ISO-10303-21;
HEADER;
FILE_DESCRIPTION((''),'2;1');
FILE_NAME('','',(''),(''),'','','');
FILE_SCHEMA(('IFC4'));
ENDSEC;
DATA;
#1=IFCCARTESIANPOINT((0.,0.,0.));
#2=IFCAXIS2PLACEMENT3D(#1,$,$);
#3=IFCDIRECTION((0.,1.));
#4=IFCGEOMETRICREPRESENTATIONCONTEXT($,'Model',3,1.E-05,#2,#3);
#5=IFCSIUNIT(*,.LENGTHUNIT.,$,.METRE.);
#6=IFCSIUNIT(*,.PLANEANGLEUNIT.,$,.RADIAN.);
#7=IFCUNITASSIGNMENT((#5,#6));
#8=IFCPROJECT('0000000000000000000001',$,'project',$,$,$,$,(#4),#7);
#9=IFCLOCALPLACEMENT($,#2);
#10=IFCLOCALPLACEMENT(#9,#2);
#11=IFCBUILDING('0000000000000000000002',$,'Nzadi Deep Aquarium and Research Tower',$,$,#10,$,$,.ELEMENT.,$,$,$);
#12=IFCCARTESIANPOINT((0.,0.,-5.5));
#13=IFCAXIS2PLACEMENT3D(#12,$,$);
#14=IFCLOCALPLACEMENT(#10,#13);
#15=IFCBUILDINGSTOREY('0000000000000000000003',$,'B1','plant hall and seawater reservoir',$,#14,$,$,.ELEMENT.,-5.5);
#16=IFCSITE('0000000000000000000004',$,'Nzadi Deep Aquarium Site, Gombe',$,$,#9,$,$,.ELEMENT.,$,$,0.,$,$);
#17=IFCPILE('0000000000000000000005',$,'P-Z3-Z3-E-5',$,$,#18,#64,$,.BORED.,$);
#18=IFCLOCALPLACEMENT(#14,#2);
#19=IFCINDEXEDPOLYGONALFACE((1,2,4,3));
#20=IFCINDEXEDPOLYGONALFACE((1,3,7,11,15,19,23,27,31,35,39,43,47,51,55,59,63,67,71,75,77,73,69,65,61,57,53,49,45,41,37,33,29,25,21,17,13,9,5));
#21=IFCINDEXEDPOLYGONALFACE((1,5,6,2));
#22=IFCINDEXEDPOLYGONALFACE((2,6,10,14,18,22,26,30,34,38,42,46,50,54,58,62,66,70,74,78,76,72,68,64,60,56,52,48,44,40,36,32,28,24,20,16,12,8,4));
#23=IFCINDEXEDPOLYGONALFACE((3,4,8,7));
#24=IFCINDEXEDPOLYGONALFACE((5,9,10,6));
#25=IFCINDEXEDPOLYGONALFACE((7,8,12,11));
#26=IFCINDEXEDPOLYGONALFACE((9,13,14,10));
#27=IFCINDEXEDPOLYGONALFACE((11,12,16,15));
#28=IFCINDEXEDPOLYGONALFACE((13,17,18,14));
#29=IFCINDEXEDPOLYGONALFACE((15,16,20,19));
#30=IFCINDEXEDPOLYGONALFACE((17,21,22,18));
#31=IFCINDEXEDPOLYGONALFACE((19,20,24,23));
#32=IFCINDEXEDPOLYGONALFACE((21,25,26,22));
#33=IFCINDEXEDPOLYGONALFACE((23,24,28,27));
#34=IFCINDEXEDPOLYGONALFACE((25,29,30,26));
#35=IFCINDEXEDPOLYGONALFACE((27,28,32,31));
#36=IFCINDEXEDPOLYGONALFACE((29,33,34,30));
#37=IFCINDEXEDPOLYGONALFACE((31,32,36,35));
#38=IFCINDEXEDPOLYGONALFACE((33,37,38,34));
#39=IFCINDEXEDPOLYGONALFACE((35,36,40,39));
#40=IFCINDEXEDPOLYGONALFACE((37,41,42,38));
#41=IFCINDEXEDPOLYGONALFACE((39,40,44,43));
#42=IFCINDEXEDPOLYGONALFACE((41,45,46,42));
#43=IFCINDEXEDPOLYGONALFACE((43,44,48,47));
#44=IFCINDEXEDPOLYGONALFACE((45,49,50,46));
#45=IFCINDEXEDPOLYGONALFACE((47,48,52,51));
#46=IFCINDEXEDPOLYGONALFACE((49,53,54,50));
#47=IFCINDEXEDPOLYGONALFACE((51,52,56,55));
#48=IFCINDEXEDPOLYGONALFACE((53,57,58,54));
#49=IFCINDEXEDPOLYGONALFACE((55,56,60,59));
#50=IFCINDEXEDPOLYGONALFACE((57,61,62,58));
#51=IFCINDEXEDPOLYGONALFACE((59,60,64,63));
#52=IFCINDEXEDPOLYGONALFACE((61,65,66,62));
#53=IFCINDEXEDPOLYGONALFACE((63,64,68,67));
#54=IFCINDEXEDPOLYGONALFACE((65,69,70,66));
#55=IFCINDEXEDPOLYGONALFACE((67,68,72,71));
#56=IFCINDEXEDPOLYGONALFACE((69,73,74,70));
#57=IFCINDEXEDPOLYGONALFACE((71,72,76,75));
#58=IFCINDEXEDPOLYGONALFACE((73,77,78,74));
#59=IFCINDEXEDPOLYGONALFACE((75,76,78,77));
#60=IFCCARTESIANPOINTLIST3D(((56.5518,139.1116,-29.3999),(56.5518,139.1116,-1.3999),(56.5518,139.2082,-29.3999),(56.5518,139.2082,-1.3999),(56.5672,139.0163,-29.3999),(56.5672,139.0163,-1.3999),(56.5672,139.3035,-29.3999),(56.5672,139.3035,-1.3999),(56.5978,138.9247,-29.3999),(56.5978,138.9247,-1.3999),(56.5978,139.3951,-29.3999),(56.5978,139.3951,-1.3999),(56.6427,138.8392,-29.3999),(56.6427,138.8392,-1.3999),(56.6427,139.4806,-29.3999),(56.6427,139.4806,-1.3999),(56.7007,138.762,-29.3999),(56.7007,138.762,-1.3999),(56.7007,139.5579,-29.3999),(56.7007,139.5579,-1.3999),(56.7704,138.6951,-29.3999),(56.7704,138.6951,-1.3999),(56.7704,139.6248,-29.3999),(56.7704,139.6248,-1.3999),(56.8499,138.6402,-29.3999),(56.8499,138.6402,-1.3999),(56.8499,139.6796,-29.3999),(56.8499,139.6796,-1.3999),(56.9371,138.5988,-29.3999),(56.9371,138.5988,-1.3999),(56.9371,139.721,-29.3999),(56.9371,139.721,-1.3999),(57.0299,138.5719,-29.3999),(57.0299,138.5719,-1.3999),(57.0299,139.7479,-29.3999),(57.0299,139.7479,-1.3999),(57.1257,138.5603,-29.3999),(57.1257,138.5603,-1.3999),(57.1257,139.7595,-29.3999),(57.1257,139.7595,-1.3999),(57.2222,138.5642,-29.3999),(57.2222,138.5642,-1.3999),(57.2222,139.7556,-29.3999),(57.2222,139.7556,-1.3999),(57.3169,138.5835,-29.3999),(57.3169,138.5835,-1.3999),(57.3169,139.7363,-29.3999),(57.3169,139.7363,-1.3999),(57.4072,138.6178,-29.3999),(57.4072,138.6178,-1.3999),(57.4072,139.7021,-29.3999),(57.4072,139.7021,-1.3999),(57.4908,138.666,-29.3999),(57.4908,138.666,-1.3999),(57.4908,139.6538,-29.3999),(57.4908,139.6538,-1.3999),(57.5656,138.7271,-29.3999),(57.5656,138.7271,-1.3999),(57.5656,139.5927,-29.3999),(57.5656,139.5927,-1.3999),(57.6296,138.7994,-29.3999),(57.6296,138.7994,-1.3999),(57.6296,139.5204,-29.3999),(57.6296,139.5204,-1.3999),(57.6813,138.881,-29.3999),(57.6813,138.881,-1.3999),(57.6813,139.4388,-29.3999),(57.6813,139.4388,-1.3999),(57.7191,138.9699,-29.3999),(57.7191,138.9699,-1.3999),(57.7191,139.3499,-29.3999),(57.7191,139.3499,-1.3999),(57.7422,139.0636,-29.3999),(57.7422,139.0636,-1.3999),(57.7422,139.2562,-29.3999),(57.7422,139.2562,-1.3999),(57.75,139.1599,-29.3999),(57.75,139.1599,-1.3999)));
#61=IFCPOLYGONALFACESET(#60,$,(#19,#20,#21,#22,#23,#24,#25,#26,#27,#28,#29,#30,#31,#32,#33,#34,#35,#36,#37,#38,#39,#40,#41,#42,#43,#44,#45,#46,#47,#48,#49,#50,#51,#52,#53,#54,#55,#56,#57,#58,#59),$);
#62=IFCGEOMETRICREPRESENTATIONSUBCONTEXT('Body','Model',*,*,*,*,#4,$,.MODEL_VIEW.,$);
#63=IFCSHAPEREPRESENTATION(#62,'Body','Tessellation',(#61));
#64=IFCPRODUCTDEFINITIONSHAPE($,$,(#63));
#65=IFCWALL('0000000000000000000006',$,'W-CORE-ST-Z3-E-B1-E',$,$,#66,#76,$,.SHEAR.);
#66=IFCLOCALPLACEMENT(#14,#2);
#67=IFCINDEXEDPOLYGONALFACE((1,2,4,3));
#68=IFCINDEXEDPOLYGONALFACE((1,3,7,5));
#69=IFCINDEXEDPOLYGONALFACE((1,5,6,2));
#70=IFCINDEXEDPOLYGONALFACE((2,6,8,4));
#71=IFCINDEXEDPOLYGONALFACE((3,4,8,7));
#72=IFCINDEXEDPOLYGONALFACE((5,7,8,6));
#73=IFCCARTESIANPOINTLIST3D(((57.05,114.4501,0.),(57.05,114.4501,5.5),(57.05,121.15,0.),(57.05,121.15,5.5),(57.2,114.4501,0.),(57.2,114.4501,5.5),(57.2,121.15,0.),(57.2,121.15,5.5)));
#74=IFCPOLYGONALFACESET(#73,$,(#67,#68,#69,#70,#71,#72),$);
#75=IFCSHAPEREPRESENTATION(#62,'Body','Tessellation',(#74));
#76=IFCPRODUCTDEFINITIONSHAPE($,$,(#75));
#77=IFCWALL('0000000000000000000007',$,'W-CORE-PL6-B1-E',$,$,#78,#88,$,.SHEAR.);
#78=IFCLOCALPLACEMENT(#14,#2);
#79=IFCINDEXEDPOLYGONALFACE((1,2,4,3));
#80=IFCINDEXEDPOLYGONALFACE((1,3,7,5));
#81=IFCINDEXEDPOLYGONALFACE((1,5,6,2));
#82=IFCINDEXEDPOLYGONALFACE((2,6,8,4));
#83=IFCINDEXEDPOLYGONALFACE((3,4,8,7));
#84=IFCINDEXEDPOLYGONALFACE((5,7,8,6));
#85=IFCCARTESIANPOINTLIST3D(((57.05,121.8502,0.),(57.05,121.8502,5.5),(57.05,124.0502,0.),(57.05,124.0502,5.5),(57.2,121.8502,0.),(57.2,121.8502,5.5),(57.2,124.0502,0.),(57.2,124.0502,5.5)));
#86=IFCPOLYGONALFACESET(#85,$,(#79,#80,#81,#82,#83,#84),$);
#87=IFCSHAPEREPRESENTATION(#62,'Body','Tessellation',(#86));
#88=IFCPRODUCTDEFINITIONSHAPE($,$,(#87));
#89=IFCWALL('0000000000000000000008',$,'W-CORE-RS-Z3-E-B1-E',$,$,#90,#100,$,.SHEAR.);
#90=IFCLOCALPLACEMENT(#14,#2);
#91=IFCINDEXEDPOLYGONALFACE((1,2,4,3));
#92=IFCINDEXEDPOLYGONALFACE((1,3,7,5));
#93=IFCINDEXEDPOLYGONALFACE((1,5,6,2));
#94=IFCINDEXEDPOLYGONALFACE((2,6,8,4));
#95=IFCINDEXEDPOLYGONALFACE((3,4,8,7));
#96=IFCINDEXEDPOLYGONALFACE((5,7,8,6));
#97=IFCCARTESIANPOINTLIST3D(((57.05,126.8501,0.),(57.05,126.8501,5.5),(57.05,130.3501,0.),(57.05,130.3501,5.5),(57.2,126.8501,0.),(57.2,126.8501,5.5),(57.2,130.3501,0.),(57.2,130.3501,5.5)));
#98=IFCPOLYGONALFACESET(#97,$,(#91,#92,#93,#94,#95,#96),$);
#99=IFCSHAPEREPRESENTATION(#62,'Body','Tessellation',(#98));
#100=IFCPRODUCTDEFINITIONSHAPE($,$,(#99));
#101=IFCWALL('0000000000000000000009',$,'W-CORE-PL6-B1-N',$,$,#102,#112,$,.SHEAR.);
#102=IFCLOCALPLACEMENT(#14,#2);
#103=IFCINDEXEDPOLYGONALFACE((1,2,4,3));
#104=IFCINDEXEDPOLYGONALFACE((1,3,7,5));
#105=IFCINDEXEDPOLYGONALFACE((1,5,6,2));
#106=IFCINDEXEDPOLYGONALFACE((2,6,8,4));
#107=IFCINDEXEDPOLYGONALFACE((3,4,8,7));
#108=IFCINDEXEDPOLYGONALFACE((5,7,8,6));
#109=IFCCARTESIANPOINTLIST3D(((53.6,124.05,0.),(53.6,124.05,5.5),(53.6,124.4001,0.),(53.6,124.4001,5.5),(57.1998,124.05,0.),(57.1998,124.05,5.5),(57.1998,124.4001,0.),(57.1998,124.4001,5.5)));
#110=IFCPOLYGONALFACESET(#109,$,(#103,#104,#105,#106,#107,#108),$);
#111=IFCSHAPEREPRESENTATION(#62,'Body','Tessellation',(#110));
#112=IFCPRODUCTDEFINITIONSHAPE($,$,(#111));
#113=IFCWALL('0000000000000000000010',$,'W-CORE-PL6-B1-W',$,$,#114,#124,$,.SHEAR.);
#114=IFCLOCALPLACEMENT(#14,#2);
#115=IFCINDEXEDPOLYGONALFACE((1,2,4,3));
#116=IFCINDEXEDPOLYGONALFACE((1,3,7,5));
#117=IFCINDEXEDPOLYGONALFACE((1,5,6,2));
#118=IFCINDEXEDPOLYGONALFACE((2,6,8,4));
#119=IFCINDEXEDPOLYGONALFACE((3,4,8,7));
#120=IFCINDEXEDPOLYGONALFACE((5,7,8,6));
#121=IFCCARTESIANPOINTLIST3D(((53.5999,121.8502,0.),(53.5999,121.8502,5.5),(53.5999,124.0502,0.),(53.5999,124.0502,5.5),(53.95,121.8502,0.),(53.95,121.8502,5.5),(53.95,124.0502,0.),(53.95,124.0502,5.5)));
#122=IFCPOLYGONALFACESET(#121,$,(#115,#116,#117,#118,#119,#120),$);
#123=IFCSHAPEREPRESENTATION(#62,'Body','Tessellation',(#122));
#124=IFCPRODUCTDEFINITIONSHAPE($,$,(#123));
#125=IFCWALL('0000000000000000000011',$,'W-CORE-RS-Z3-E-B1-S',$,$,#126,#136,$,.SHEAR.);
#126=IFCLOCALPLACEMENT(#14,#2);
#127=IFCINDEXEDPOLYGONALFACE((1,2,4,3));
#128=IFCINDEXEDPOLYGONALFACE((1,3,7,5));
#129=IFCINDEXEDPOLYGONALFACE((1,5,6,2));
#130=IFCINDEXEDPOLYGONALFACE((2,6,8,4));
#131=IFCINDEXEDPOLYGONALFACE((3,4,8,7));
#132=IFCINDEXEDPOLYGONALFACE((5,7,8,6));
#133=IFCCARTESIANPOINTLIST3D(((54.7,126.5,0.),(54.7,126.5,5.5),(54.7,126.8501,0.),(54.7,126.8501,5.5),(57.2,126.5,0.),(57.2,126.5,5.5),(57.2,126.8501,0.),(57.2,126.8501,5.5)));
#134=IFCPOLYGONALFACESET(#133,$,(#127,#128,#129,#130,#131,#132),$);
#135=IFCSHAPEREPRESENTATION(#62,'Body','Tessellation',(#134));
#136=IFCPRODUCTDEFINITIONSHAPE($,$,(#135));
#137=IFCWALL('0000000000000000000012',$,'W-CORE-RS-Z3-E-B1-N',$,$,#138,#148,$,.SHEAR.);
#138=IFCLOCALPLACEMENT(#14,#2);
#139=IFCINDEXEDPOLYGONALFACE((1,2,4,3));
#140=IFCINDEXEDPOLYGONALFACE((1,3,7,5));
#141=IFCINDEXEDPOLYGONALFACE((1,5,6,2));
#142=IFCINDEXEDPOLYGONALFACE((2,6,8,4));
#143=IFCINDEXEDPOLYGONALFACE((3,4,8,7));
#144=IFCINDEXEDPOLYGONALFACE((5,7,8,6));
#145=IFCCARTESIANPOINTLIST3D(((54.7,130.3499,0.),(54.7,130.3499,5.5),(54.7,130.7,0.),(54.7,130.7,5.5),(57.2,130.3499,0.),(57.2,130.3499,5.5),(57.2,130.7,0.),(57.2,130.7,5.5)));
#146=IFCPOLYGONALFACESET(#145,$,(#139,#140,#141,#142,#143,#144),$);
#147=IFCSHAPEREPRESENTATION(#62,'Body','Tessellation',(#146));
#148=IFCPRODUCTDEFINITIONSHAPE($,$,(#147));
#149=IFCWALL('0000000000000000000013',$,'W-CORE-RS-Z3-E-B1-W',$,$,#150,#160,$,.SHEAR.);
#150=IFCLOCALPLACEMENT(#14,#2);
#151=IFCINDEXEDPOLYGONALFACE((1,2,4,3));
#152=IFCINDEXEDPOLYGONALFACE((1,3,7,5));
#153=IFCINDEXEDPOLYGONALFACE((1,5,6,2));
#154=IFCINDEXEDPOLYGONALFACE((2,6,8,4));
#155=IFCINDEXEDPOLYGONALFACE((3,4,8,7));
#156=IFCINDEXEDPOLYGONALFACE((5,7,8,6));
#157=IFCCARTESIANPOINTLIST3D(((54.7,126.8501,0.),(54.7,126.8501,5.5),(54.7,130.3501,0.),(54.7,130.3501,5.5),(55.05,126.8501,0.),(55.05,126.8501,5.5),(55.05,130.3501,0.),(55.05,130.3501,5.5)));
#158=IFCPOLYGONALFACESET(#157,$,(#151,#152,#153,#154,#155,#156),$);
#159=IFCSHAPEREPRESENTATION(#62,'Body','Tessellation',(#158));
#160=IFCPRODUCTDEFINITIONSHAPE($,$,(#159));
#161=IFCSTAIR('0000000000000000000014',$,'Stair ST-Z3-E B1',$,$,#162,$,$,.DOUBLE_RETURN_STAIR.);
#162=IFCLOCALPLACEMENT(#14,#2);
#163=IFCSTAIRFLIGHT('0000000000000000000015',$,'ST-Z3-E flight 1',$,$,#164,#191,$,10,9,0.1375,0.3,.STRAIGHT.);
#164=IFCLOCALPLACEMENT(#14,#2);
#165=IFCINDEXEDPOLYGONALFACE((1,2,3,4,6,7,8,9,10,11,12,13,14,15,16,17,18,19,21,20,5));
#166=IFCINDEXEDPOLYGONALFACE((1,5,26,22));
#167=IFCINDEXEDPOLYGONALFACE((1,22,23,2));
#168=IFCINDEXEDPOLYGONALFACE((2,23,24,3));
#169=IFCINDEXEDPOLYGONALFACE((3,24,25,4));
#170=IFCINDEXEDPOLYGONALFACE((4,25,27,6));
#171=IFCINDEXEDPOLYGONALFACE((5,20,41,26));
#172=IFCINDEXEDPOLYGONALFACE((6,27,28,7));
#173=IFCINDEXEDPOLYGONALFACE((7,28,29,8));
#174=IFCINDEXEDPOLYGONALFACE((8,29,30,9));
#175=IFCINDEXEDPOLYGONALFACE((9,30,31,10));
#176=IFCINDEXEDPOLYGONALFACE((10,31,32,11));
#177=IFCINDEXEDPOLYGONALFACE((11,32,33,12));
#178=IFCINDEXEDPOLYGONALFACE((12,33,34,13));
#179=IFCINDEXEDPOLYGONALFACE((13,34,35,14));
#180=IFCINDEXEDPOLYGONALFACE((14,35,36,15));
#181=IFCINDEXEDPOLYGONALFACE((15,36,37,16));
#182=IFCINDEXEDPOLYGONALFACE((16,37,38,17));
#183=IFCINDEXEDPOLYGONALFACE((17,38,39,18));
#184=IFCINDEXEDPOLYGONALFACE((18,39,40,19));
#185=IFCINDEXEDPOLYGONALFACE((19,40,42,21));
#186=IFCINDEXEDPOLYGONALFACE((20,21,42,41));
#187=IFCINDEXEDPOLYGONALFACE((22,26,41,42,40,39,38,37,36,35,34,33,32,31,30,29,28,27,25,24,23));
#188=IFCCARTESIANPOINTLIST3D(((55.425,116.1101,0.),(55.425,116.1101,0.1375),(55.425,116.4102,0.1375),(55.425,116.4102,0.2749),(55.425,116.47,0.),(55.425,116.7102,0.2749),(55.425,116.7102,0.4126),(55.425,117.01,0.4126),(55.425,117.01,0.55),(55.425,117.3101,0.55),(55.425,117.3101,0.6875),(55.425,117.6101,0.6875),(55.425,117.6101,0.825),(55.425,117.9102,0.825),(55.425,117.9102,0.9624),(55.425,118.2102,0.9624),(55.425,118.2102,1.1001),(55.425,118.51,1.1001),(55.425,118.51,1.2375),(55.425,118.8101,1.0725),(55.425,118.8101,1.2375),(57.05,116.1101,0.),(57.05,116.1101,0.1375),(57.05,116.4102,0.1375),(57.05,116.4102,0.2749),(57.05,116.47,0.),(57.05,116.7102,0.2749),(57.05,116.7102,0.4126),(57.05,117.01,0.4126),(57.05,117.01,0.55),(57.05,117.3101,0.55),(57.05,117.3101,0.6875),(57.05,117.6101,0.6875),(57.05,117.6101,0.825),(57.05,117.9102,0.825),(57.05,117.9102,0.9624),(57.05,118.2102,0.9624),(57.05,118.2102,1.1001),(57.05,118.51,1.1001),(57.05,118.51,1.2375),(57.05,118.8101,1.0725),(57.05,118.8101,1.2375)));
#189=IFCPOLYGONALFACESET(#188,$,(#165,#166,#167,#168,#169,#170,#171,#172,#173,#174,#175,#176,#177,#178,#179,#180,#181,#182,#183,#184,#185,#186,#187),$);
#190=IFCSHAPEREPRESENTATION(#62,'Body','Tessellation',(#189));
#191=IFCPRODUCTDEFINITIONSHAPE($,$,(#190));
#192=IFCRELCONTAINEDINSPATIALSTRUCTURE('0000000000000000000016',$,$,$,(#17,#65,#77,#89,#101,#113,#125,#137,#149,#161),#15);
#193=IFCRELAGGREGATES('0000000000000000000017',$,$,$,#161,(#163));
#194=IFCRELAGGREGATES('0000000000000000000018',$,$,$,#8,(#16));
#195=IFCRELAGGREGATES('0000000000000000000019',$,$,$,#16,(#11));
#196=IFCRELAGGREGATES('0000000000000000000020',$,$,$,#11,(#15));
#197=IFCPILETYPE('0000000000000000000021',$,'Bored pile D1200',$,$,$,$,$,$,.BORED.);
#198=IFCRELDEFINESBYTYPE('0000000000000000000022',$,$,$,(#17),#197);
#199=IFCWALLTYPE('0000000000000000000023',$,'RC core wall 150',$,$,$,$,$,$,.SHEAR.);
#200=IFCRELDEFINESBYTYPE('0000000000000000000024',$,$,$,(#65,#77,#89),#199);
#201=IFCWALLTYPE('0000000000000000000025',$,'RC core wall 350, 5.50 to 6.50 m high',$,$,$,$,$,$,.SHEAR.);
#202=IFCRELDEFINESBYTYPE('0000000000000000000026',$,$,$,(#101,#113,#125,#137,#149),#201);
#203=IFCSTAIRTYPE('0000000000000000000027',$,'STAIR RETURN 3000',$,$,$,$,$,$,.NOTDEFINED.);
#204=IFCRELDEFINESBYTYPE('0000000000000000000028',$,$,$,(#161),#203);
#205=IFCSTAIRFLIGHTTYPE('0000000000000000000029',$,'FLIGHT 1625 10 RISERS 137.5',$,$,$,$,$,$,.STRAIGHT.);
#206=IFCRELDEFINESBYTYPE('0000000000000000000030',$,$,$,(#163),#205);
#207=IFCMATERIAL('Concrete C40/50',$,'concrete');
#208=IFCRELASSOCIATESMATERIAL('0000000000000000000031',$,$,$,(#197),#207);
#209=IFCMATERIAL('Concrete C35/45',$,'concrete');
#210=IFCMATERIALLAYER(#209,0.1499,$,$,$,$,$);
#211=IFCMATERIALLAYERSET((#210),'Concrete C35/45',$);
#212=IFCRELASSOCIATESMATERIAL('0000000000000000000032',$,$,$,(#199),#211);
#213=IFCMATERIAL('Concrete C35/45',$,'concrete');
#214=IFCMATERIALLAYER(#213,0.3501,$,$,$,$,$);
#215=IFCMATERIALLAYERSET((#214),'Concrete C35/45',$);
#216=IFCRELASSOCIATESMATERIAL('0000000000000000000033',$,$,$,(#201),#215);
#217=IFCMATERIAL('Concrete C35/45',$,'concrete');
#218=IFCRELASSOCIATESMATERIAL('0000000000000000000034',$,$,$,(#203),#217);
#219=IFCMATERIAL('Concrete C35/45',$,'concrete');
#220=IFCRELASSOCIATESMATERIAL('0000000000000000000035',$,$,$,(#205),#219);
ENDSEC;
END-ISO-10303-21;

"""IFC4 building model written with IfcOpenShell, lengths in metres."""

from ifc_helpers import new_model, si_unit, direction, frame, frame_2d, origin, origin_2d, place, context, subcontext, project, spatial, polyline, rectangle, circle, outline, extrude, material, layer, layer_set, material_profile, profile_set, type_object, element, aggregate, save


model = new_model("IFC4")

# Units and contexts
model_context = context("Model", 3, precision=1e-05, world=origin(), true_north=direction((0.0, 1.0)))
body_context = subcontext(model_context, "Body", "Model", "MODEL_VIEW")
ifc_project = project(units=[si_unit("LENGTHUNIT", "METRE"), si_unit("PLANEANGLEUNIT", "RADIAN")], contexts=[model_context])

# Site, building, storey
site_placement = place(None, origin())
site = spatial("IfcSite", under=ifc_project, at=site_placement, Name="Nzadi Deep Aquarium Site, Gombe", CompositionType="ELEMENT", RefElevation=0.0)
building_placement = place(site_placement, origin())
building = spatial("IfcBuilding", under=site, at=building_placement, Name="Nzadi Deep Aquarium and Research Tower", CompositionType="ELEMENT")
storey_placement = place(building_placement, frame((0.0, 0.0, -5.5)))
storey = spatial("IfcBuildingStorey", under=building, at=storey_placement, Name="B1", Description="plant hall and seawater reservoir", CompositionType="ELEMENT", Elevation=-5.5)

# Pile
ifc_material_1 = material(Name="Concrete C40/50", Category="concrete")
ifc_material_profile_1 = material_profile(ifc_material_1, circle(Radius=0.6001, at=origin_2d()))
ifc_profile_set_1 = profile_set([ifc_material_profile_1], Name="Concrete C40/50")
pile_type_1 = type_object("IfcPileType", Name="Bored pile D1200", PredefinedType="BORED", material=ifc_profile_set_1)
for number, where, z_axis, x_axis, name in (
    (1, (57.1499, 139.1599, -1.3999), (0.0, 0.0, -1.0), (1.0, 0.0, 0.0), "P-Z3-Z3-E-5"),
):
    element("IfcPile", number, at=place(storey_placement, frame(where, z_axis=z_axis, x_axis=x_axis)), inside=storey, type_object=pile_type_1, Name=name, PredefinedType="BORED", context=body_context, shape_type="SweptSolid", body=[
        extrude(circle(Radius=0.6001, at=origin_2d()), origin(), (0.0, 0.0, 1.0), 28.0),
    ])

# Walls
ifc_material_2 = material(Name="Concrete C35/45", Category="concrete")
ifc_layer_1 = layer(ifc_material_2, 0.1499)
ifc_layer_set_1 = layer_set([ifc_layer_1], Name="Concrete C35/45")
wall_type_1 = type_object("IfcWallType", Name="RC core wall 150", PredefinedType="SHEAR", material=ifc_layer_set_1)
wall_1_placement = place(storey_placement, frame((57.125, 114.45, 0.0), z_axis=(0.0, 0.0, 1.0), x_axis=(0.0, 1.0, 0.0)))
element("IfcWall", 2, at=wall_1_placement, inside=storey, type_object=wall_type_1, Name="W-CORE-ST-Z3-E-B1-E", PredefinedType="SHEAR", context=body_context, shape_type="SweptSolid", body=[
    extrude(rectangle(XDim=6.7, YDim=0.1499, at=frame_2d((3.3501, 0.0))), origin(), (0.0, 0.0, 1.0), 5.5),
])
wall_2_placement = place(storey_placement, frame((57.125, 121.8501, 0.0), z_axis=(0.0, 0.0, 1.0), x_axis=(0.0, 1.0, 0.0)))
element("IfcWall", 3, at=wall_2_placement, inside=storey, type_object=wall_type_1, Name="W-CORE-PL6-B1-E", PredefinedType="SHEAR", context=body_context, shape_type="SweptSolid", body=[
    extrude(rectangle(XDim=2.2, YDim=0.1499, at=frame_2d((1.1001, 0.0))), origin(), (0.0, 0.0, 1.0), 5.5),
])
wall_3_placement = place(storey_placement, frame((57.125, 126.8501, 0.0), z_axis=(0.0, 0.0, 1.0), x_axis=(0.0, 1.0, 0.0)))
element("IfcWall", 4, at=wall_3_placement, inside=storey, type_object=wall_type_1, Name="W-CORE-RS-Z3-E-B1-E", PredefinedType="SHEAR", context=body_context, shape_type="SweptSolid", body=[
    extrude(rectangle(XDim=3.5, YDim=0.1499, at=frame_2d((1.75, 0.0))), origin(), (0.0, 0.0, 1.0), 5.5),
])
ifc_material_3 = material(Name="Concrete C35/45", Category="concrete")
ifc_layer_2 = layer(ifc_material_3, 0.3501)
ifc_layer_set_2 = layer_set([ifc_layer_2], Name="Concrete C35/45")
wall_type_2 = type_object("IfcWallType", Name="RC core wall 350, 5.50 to 6.50 m high", PredefinedType="SHEAR", material=ifc_layer_set_2)
wall_4_placement = place(storey_placement, frame((53.6001, 124.2251, 0.0), z_axis=(0.0, 0.0, 1.0), x_axis=(1.0, 0.0, 0.0)))
element("IfcWall", 5, at=wall_4_placement, inside=storey, type_object=wall_type_2, Name="W-CORE-PL6-B1-N", PredefinedType="SHEAR", context=body_context, shape_type="SweptSolid", body=[
    extrude(rectangle(XDim=3.5999, YDim=0.3501, at=frame_2d((1.7998, 0.0))), origin(), (0.0, 0.0, 1.0), 5.5),
])
wall_5_placement = place(storey_placement, frame((53.7749, 121.8501, 0.0), z_axis=(0.0, 0.0, 1.0), x_axis=(0.0, 1.0, 0.0)))
element("IfcWall", 6, at=wall_5_placement, inside=storey, type_object=wall_type_2, Name="W-CORE-PL6-B1-W", PredefinedType="SHEAR", context=body_context, shape_type="SweptSolid", body=[
    extrude(rectangle(XDim=2.2, YDim=0.3501, at=frame_2d((1.1001, 0.0))), origin(), (0.0, 0.0, 1.0), 5.5),
])
for number, where, z_axis, x_axis, name in (
    (7, (54.7, 126.675, 0.0), (0.0, 0.0, 1.0), (1.0, 0.0, 0.0), "W-CORE-RS-Z3-E-B1-S"),
    (8, (54.7, 130.5249, 0.0), (0.0, 0.0, 1.0), (1.0, 0.0, 0.0), "W-CORE-RS-Z3-E-B1-N"),
):
    element("IfcWall", number, at=place(storey_placement, frame(where, z_axis=z_axis, x_axis=x_axis)), inside=storey, type_object=wall_type_2, Name=name, PredefinedType="SHEAR", context=body_context, shape_type="SweptSolid", body=[
        extrude(rectangle(XDim=2.5, YDim=0.3501, at=frame_2d((1.25, 0.0))), origin(), (0.0, 0.0, 1.0), 5.5),
    ])
wall_6_placement = place(storey_placement, frame((54.875, 126.8501, 0.0), z_axis=(0.0, 0.0, 1.0), x_axis=(0.0, 1.0, 0.0)))
element("IfcWall", 9, at=wall_6_placement, inside=storey, type_object=wall_type_2, Name="W-CORE-RS-Z3-E-B1-W", PredefinedType="SHEAR", context=body_context, shape_type="SweptSolid", body=[
    extrude(rectangle(XDim=3.5, YDim=0.3501, at=frame_2d((1.75, 0.0))), origin(), (0.0, 0.0, 1.0), 5.5),
])

# Stair, stair flight
ifc_material_4 = material(Name="Concrete C35/45", Category="concrete")
stair_type = type_object("IfcStairType", Name="STAIR RETURN 3000", PredefinedType="NOTDEFINED", material=ifc_material_4)
stair_placement = place(storey_placement, origin())
stair = element("IfcStair", 10, at=stair_placement, inside=storey, type_object=stair_type, Name="Stair ST-Z3-E B1", PredefinedType="DOUBLE_RETURN_STAIR")
ifc_material_5 = material(Name="Concrete C35/45", Category="concrete")
stair_flight_type = type_object("IfcStairFlightType", Name="FLIGHT 1625 10 RISERS 137.5", PredefinedType="STRAIGHT", material=ifc_material_5)
stair_flight_1_placement = place(storey_placement, frame((56.2375, 116.1101, 0.0), z_axis=(0.0, 0.0, 1.0), x_axis=(0.0, 1.0, 0.0)))
stair_flight_1 = element("IfcStairFlight", 11, at=stair_flight_1_placement, type_object=stair_flight_type, Name="ST-Z3-E flight 1", NumberOfRisers=10, NumberOfTreads=9, PredefinedType="STRAIGHT", RiserHeight=0.1375, TreadLength=0.3, context=body_context, shape_type="SweptSolid", body=[
    extrude(outline(polyline([(0.0, 0.0), (0.0, 0.1375), (0.3, 0.1375), (0.3, 0.2749), (0.6001, 0.2749), (0.6001, 0.4126), (0.8999, 0.4126), (0.8999, 0.55), (1.2, 0.55), (1.2, 0.6875), (1.5, 0.6875), (1.5, 0.825), (1.8, 0.825), (1.8, 0.9624), (2.1001, 0.9624), (2.1001, 1.1001), (2.3999, 1.1001), (2.3999, 1.2375), (2.7, 1.2375), (2.7, 1.375), (2.7, 1.0725), (0.3599, 0.0), (0.0, 0.0)])), frame((0.0, 0.8125, 0.0), z_axis=(0.0, -1.0, 0.0), x_axis=(1.0, 0.0, 0.0)), (0.0, 0.0, 1.0), 1.625),
])
aggregate(stair, [stair_flight_1])

save(model, "model.ifc")
